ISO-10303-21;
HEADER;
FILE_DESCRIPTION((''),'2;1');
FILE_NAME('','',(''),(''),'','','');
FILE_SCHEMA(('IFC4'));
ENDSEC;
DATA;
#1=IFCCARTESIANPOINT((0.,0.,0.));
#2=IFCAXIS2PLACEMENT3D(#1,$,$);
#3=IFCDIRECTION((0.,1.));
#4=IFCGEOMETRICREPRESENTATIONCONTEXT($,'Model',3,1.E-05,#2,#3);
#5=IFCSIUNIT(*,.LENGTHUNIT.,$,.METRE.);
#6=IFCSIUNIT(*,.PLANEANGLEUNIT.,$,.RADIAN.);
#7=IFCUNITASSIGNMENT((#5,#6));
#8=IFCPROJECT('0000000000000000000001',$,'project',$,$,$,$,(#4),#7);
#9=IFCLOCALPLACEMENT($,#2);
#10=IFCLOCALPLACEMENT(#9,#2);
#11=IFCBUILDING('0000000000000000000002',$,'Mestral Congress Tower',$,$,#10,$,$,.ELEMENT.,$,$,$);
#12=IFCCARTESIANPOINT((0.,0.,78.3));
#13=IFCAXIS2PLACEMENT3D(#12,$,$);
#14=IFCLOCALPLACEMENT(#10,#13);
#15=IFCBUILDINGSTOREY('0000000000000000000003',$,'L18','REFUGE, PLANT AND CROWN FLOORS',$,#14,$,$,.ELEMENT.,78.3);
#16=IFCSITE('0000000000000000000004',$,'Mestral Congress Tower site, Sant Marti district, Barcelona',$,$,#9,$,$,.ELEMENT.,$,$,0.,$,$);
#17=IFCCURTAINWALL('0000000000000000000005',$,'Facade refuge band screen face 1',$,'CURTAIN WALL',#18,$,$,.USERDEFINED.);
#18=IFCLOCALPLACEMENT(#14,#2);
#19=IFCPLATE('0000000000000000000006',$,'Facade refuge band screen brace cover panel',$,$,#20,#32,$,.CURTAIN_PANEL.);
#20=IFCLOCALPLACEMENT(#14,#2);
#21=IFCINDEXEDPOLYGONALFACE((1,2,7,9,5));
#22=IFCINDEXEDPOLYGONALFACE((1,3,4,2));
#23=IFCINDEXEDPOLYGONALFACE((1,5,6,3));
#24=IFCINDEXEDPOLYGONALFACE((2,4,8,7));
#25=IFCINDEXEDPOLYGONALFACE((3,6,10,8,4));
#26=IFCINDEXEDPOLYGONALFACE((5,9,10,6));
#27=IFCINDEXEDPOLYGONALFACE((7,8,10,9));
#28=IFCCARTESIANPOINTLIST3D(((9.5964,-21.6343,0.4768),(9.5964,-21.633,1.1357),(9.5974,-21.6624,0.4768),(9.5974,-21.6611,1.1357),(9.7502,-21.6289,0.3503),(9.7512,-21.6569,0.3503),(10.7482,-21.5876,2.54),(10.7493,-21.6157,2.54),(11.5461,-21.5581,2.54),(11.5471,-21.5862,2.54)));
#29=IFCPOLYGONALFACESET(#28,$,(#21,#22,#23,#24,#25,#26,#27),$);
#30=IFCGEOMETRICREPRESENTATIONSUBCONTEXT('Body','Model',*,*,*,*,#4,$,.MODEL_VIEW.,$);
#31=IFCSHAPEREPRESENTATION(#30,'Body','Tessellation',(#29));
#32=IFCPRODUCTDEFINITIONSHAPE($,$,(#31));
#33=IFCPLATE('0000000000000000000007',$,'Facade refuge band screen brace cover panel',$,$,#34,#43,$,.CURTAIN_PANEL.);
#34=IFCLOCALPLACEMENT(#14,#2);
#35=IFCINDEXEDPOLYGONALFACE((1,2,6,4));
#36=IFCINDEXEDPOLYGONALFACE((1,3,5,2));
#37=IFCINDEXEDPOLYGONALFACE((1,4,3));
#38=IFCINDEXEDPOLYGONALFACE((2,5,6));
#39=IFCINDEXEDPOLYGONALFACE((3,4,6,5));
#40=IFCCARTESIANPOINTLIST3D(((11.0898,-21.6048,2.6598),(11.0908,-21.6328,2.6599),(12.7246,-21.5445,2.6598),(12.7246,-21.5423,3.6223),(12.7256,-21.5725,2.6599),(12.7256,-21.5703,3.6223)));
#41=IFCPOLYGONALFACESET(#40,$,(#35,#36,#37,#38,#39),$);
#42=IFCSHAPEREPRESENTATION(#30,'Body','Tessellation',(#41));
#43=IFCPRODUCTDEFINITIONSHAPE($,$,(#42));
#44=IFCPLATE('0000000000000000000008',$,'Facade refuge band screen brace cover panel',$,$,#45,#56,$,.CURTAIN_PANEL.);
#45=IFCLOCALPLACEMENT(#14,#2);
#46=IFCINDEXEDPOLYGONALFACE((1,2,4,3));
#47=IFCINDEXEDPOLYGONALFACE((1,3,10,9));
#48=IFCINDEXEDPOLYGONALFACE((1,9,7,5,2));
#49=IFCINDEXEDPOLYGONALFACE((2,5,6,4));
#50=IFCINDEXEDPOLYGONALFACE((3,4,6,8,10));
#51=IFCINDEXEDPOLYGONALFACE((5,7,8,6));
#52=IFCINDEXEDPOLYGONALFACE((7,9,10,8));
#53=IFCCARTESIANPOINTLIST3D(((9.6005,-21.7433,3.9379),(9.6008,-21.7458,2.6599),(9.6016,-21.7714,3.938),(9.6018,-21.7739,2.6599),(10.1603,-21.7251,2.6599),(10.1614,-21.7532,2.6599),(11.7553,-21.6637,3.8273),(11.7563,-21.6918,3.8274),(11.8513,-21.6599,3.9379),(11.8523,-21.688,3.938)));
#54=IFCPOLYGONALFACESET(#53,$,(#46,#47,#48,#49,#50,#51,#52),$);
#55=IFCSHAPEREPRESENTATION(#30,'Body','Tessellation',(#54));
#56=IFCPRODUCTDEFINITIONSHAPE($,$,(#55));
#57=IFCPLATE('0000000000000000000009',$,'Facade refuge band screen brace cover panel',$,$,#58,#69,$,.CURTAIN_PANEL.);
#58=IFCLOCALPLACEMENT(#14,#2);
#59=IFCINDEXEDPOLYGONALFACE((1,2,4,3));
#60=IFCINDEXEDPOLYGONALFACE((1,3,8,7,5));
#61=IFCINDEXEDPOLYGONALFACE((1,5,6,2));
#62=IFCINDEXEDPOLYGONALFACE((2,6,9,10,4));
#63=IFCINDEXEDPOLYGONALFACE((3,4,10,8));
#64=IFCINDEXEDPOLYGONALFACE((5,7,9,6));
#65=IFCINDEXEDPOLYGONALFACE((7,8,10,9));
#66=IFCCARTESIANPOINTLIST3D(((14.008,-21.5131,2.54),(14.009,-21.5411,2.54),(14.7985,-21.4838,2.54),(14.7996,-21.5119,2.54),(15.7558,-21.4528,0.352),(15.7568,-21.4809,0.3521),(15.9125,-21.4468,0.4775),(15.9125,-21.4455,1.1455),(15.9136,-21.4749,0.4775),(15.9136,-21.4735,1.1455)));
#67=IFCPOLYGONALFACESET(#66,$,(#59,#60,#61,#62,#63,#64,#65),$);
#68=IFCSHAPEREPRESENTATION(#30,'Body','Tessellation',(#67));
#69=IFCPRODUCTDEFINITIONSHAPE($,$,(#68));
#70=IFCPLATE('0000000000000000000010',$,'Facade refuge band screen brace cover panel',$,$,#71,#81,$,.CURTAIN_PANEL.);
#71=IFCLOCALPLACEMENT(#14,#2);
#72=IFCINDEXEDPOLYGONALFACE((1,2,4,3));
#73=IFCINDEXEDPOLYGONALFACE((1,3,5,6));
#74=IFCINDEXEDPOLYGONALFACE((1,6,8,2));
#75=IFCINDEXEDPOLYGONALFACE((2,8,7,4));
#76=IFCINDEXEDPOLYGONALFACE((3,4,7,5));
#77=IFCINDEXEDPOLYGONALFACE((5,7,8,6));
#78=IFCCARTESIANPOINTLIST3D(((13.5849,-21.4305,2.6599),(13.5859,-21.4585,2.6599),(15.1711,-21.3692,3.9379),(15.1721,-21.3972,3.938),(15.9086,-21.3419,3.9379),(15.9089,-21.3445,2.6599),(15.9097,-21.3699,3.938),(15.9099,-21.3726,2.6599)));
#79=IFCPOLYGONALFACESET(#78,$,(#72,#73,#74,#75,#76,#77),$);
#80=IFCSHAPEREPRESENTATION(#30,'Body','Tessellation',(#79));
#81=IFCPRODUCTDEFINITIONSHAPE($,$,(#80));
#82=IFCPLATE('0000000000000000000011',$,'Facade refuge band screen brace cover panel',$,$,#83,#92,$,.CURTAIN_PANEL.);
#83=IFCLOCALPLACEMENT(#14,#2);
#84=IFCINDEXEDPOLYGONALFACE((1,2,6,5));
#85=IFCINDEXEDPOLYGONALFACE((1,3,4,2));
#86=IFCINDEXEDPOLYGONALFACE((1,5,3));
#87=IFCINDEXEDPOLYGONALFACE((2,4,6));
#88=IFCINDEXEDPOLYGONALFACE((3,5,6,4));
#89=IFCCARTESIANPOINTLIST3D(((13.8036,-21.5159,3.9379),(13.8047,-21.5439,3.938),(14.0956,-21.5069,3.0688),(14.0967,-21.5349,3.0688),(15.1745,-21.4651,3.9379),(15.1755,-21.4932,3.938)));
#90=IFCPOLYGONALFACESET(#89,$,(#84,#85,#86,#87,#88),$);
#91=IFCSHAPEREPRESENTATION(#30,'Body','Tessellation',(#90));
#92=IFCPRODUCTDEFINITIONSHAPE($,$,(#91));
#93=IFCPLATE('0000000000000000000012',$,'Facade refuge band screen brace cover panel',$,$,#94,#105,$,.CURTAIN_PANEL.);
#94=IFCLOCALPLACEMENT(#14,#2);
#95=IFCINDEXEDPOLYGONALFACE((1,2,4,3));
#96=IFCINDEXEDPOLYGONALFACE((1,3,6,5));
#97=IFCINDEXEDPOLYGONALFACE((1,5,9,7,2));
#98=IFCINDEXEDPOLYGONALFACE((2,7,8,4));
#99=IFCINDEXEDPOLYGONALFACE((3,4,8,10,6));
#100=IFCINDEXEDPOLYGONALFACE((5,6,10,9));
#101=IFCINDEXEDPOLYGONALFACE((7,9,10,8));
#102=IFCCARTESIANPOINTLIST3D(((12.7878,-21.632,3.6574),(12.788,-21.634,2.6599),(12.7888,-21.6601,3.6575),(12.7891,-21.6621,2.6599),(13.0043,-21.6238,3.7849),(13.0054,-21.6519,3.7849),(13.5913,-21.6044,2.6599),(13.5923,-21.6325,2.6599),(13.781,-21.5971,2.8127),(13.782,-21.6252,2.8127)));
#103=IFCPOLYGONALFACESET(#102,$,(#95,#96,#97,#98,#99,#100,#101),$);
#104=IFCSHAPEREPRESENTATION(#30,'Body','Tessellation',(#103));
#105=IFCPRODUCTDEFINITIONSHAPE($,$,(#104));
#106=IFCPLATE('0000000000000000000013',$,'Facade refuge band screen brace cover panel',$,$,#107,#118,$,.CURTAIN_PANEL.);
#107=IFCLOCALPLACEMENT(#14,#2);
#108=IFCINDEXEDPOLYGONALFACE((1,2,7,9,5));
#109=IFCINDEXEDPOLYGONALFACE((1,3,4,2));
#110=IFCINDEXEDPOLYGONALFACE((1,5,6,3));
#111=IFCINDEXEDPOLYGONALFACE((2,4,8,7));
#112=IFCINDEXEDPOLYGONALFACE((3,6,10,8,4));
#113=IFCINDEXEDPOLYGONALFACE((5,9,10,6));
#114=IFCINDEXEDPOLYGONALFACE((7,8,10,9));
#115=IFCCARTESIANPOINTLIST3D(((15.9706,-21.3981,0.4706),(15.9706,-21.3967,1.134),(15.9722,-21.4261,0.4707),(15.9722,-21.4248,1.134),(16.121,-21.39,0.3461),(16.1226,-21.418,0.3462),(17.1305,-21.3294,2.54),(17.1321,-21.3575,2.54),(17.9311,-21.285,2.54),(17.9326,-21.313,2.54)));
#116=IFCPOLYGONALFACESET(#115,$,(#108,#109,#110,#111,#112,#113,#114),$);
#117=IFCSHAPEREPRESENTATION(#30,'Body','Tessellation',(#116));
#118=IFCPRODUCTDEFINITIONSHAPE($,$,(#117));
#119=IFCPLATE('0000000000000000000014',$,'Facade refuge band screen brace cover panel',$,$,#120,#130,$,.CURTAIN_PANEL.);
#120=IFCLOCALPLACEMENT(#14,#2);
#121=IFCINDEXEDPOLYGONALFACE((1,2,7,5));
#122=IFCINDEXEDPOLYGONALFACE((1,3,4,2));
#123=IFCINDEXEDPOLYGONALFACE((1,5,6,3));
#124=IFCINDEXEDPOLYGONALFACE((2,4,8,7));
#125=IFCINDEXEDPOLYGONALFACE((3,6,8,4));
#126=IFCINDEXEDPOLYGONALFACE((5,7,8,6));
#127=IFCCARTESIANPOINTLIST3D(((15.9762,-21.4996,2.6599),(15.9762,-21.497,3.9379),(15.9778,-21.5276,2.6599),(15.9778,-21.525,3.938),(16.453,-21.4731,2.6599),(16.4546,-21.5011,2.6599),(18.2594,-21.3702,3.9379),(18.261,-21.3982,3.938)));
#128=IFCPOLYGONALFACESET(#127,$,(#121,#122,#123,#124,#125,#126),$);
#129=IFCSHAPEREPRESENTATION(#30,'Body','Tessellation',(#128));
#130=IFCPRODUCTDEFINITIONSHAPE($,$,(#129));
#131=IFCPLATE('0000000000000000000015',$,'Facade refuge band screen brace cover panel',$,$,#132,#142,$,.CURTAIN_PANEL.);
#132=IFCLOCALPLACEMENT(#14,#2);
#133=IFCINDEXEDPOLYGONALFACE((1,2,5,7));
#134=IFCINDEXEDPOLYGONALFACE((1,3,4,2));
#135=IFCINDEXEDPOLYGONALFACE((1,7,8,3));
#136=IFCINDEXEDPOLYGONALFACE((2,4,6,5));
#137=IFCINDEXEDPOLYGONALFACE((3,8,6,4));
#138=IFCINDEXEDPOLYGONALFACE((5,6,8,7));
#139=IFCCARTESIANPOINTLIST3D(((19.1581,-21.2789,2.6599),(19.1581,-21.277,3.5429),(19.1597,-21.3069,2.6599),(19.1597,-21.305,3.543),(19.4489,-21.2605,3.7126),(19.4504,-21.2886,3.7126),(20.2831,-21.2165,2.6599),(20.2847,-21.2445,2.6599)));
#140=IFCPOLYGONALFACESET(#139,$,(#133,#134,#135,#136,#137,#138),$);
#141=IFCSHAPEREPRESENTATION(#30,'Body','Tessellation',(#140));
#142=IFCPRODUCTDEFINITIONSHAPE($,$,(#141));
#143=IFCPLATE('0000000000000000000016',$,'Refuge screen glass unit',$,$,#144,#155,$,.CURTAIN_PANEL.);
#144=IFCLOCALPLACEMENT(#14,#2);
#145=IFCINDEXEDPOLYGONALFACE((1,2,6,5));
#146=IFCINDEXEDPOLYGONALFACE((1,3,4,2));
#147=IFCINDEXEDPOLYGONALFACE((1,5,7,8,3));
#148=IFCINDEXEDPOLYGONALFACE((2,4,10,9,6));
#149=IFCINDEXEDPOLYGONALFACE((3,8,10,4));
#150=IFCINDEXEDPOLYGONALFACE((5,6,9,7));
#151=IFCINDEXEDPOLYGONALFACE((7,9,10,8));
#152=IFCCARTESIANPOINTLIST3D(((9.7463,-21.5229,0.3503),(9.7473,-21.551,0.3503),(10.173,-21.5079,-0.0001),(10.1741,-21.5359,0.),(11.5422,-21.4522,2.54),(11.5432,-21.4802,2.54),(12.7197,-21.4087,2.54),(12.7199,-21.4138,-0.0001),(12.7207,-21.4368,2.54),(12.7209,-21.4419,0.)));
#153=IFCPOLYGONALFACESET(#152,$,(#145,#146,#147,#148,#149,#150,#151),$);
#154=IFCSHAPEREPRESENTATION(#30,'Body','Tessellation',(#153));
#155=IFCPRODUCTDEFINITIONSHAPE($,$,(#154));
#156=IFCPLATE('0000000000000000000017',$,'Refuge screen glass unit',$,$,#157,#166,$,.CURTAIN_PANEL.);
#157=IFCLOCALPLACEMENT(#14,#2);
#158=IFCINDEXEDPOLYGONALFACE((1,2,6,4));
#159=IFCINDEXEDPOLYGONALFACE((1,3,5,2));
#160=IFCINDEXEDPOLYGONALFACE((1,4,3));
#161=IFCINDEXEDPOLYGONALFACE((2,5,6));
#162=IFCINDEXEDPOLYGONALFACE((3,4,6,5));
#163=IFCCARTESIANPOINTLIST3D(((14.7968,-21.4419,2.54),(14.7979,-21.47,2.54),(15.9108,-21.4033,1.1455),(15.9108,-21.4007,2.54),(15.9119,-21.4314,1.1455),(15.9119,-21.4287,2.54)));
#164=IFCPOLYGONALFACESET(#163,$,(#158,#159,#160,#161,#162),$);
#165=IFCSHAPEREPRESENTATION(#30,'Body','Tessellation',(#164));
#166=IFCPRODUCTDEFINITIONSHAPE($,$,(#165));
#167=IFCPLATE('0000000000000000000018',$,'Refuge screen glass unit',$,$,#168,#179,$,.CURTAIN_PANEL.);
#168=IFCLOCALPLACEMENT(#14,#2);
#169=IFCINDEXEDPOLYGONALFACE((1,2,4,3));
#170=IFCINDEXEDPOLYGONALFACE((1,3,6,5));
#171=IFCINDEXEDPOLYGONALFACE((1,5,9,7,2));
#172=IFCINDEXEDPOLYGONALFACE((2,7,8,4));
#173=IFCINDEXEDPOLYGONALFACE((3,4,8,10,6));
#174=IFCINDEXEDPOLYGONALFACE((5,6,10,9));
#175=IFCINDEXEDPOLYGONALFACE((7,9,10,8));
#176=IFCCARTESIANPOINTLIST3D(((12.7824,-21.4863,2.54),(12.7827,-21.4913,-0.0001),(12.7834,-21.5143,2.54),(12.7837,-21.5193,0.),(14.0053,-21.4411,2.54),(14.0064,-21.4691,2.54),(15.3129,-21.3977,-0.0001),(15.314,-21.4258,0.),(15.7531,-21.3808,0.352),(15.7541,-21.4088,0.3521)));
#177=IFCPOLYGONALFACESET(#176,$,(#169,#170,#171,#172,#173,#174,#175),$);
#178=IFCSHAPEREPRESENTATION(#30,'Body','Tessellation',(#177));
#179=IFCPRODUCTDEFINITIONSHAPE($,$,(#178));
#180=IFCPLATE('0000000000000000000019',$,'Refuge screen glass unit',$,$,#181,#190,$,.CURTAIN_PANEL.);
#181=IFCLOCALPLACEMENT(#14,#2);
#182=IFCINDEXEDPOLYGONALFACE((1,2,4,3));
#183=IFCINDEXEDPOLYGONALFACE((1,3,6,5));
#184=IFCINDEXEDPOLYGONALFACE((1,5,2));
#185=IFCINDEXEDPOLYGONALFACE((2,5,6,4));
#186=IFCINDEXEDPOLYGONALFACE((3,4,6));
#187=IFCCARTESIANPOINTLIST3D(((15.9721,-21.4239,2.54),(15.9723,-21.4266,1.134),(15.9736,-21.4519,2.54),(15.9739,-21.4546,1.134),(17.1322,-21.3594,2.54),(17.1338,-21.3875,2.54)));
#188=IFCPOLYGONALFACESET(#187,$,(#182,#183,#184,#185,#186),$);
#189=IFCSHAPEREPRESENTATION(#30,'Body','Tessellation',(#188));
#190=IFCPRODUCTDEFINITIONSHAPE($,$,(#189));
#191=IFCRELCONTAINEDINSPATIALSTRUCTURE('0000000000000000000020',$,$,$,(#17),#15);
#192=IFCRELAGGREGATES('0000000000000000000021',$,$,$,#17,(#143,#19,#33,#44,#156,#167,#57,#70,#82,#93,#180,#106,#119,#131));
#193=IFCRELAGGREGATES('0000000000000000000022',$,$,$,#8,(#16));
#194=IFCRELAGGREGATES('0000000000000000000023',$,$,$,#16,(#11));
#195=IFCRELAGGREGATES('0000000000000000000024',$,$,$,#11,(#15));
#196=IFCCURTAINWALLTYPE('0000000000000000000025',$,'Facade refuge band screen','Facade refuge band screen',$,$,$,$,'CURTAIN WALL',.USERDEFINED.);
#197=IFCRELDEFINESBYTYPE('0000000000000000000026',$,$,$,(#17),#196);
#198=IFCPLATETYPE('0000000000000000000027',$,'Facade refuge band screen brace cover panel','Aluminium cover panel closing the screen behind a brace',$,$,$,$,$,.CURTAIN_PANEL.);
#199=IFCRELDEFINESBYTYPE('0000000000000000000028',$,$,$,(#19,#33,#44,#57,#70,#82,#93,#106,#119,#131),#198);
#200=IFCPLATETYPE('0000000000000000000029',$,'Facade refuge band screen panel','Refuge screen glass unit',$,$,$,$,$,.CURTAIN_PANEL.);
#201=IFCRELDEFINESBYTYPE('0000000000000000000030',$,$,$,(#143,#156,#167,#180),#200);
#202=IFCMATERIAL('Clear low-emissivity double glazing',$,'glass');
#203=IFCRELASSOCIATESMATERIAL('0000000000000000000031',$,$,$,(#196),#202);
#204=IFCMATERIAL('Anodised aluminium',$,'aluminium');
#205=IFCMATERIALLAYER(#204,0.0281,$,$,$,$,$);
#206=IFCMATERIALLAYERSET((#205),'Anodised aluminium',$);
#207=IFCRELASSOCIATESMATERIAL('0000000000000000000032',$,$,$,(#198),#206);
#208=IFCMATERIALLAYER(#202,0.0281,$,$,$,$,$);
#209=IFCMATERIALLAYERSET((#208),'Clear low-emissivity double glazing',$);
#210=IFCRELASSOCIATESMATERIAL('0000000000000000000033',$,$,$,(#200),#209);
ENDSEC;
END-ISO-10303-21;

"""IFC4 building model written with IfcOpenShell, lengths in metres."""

from ifc_helpers import new_model, si_unit, direction, frame, origin, place, context, subcontext, project, spatial, polyline, outline, extrude, material, layer, layer_set, type_object, element, aggregate, save


model = new_model("IFC4")

# Units and contexts
model_context = context("Model", 3, precision=1e-05, world=origin(), true_north=direction((0.0, 1.0)))
body_context = subcontext(model_context, "Body", "Model", "MODEL_VIEW")
ifc_project = project(units=[si_unit("LENGTHUNIT", "METRE"), si_unit("PLANEANGLEUNIT", "RADIAN")], contexts=[model_context])

# Site, building, storey
site_placement = place(None, origin())
site = spatial("IfcSite", under=ifc_project, at=site_placement, Name="Mestral Congress Tower site, Sant Marti district, Barcelona", CompositionType="ELEMENT", RefElevation=0.0)
building_placement = place(site_placement, origin())
building = spatial("IfcBuilding", under=site, at=building_placement, Name="Mestral Congress Tower", CompositionType="ELEMENT")
storey_placement = place(building_placement, frame((0.0, 0.0, 78.3)))
storey = spatial("IfcBuildingStorey", under=building, at=storey_placement, Name="L18", Description="REFUGE, PLANT AND CROWN FLOORS", CompositionType="ELEMENT", Elevation=78.3)

# Curtain wall
ifc_material_1 = material(Name="Clear low-emissivity double glazing", Category="glass")
curtain_wall_type = type_object("IfcCurtainWallType", Name="Facade refuge band screen", Description="Facade refuge band screen", ElementType="CURTAIN WALL", PredefinedType="USERDEFINED", material=ifc_material_1)
curtain_wall_placement = place(storey_placement, origin())
curtain_wall = element("IfcCurtainWall", 1, at=curtain_wall_placement, inside=storey, type_object=curtain_wall_type, Name="Facade refuge band screen face 1", ObjectType="CURTAIN WALL", PredefinedType="USERDEFINED")
ifc_material_2 = material(Name="Anodised aluminium", Category="aluminium")

# Plates
ifc_layer_1 = layer(ifc_material_2, 0.0281)
ifc_layer_set_1 = layer_set([ifc_layer_1], Name="Anodised aluminium")
plate_type_1 = type_object("IfcPlateType", Name="Facade refuge band screen brace cover panel", Description="Aluminium cover panel closing the screen behind a brace", PredefinedType="CURTAIN_PANEL", material=ifc_layer_set_1)
plate_1_placement = place(storey_placement, frame((11.5471, -21.5862, 2.54), z_axis=(0.036981, -0.999314, 0.001961), x_axis=(-0.633955, -0.024977, -0.772966)))
plate_1 = element("IfcPlate", 2, at=plate_1_placement, type_object=plate_type_1, Name="Facade refuge band screen brace cover panel", PredefinedType="CURTAIN_PANEL", context=body_context, shape_type="SweptSolid", body=[
    extrude(outline(polyline([(0.0, 0.0), (2.8328, 0.0), (2.8327, -0.1992), (2.3234, -0.6172), (0.5065, -0.6171), (0.0, 0.0)])), origin(), (0.0, 0.0, -1.0), 0.0281),
])
plate_2_placement = place(storey_placement, frame((11.0908, -21.6328, 2.6599), z_axis=(0.036863, -0.999318, 0.002282), x_axis=(0.861288, 0.032929, 0.507049)))
plate_2 = element("IfcPlate", 3, at=plate_2_placement, type_object=plate_type_1, Name="Facade refuge band screen brace cover panel", PredefinedType="CURTAIN_PANEL", context=body_context, shape_type="SweptSolid", body=[
    extrude(outline(polyline([(0.0, 0.0), (1.898, 0.0), (1.41, -0.8295), (0.0, 0.0)])), origin(), (0.0, 0.0, -1.0), 0.0281),
])
plate_3_placement = place(storey_placement, frame((11.8523, -21.688, 3.938), z_axis=(0.037023, -0.999312, 0.001982), x_axis=(-0.655112, -0.025768, -0.755092)))
plate_3 = element("IfcPlate", 4, at=plate_3_placement, type_object=plate_type_1, Name="Facade refuge band screen brace cover panel", PredefinedType="CURTAIN_PANEL", context=body_context, shape_type="SweptSolid", body=[
    extrude(outline(polyline([(0.0, 0.0), (0.1465, 0.0), (2.0745, -0.4398), (2.4416, -0.8626), (1.4766, -1.7007), (0.0, 0.0)])), origin(), (0.0, 0.0, -1.0), 0.0281),
])
plate_4_placement = place(storey_placement, frame((15.9136, -21.4749, 0.4775), z_axis=(0.03696, -0.999315, 0.002013), x_axis=(-0.780281, -0.030117, -0.624704)))
plate_4 = element("IfcPlate", 5, at=plate_4_placement, type_object=plate_type_1, Name="Facade refuge band screen brace cover panel", PredefinedType="CURTAIN_PANEL", context=body_context, shape_type="SweptSolid", body=[
    extrude(outline(polyline([(0.0, 0.0), (0.2009, 0.0), (0.1996, -2.801), (-0.4181, -2.3068), (-0.4173, -0.5216), (0.0, 0.0)])), origin(), (0.0, 0.0, -1.0), 0.0281),
])
plate_5_placement = place(storey_placement, frame((15.9099, -21.3726, 2.6599), z_axis=(0.036976, -0.999314, 0.002065), x_axis=(-0.999316, -0.036976, 0.0)))
plate_5 = element("IfcPlate", 6, at=plate_5_placement, type_object=plate_type_1, Name="Facade refuge band screen brace cover panel", PredefinedType="CURTAIN_PANEL", context=body_context, shape_type="SweptSolid", body=[
    extrude(outline(polyline([(0.0, 0.0), (2.3256, 0.0), (0.7382, -1.2781), (0.0001, -1.2781), (0.0, 0.0)])), origin(), (0.0, 0.0, -1.0), 0.0281),
])
plate_6_placement = place(storey_placement, frame((15.1755, -21.4932, 3.938), z_axis=(0.037018, -0.999312, 0.00205), x_axis=(-0.778379, -0.030121, -0.627072)))
plate_6 = element("IfcPlate", 7, at=plate_6_placement, type_object=plate_type_1, Name="Facade refuge band screen brace cover panel", PredefinedType="CURTAIN_PANEL", context=body_context, shape_type="SweptSolid", body=[
    extrude(outline(polyline([(0.0, 0.0), (1.386, 0.0), (1.0686, -0.8602), (0.0, 0.0)])), origin(), (0.0, 0.0, -1.0), 0.0281),
])
plate_7_placement = place(storey_placement, frame((13.0054, -21.6519, 3.7849), z_axis=(0.036867, -0.999318, 0.002012), x_axis=(0.624004, 0.021448, -0.781127)))
plate_7 = element("IfcPlate", 8, at=plate_7_placement, type_object=plate_type_1, Name="Facade refuge band screen brace cover panel", PredefinedType="CURTAIN_PANEL", context=body_context, shape_type="SweptSolid", body=[
    extrude(outline(polyline([(0.0, 0.0), (1.2446, 0.0), (1.2454, -0.2437), (0.7436, -0.8716), (-0.0358, -0.2488), (0.0, 0.0)])), origin(), (0.0, 0.0, -1.0), 0.0281),
])
plate_8_placement = place(storey_placement, frame((17.9326, -21.313, 2.54), z_axis=(0.055486, -0.998457, 0.00201), x_axis=(-0.635978, -0.036894, -0.770825)))
plate_8 = element("IfcPlate", 9, at=plate_8_placement, type_object=plate_type_1, Name="Facade refuge band screen brace cover panel", PredefinedType="CURTAIN_PANEL", context=body_context, shape_type="SweptSolid", body=[
    extrude(outline(polyline([(0.0, 0.0), (2.8461, 0.0), (2.8461, -0.1954), (2.3347, -0.6179), (0.5108, -0.618), (0.0, 0.0)])), origin(), (0.0, 0.0, -1.0), 0.0281),
])
plate_9_placement = place(storey_placement, frame((15.9778, -21.5276, 2.6599), z_axis=(0.055465, -0.998459, 0.002001), x_axis=(0.000005, 0.002004, 0.999998)))
plate_9 = element("IfcPlate", 10, at=plate_9_placement, type_object=plate_type_1, Name="Facade refuge band screen brace cover panel", PredefinedType="CURTAIN_PANEL", context=body_context, shape_type="SweptSolid", body=[
    extrude(outline(polyline([(0.0, 0.0), (1.2781, 0.0), (1.2783, -2.2867), (0.0001, -0.4775), (0.0, 0.0)])), origin(), (0.0, 0.0, -1.0), 0.0281),
])
plate_10_placement = place(storey_placement, frame((19.4504, -21.2886, 3.7126), z_axis=(0.055365, -0.998464, 0.002074), x_axis=(0.620744, 0.032793, -0.783327)))
plate_10 = element("IfcPlate", 11, at=plate_10_placement, type_object=plate_type_1, Name="Facade refuge band screen brace cover panel", PredefinedType="CURTAIN_PANEL", context=body_context, shape_type="SweptSolid", body=[
    extrude(outline(polyline([(0.0, 0.0), (1.3439, 0.0), (0.6435, -0.8826), (-0.0481, -0.3336), (0.0, 0.0)])), origin(), (0.0, 0.0, -1.0), 0.0281),
])
ifc_layer_2 = layer(ifc_material_1, 0.0281)
ifc_layer_set_2 = layer_set([ifc_layer_2], Name="Clear low-emissivity double glazing")
plate_type_2 = type_object("IfcPlateType", Name="Facade refuge band screen panel", Description="Refuge screen glass unit", PredefinedType="CURTAIN_PANEL", material=ifc_layer_set_2)
plate_11_placement = place(storey_placement, frame((12.7207, -21.4368, 2.54), z_axis=(0.036903, -0.999317, 0.002009), x_axis=(0.000096, -0.002006, -0.999998)))
plate_11 = element("IfcPlate", 12, at=plate_11_placement, type_object=plate_type_2, Name="Refuge screen glass unit", PredefinedType="CURTAIN_PANEL", context=body_context, shape_type="SweptSolid", body=[
    extrude(outline(polyline([(0.0, 0.0), (2.54, 0.0), (2.54, -2.5486), (2.1896, -2.9756), (0.0, -1.1783), (0.0, 0.0)])), origin(), (0.0, 0.0, -1.0), 0.0281),
])
plate_12_placement = place(storey_placement, frame((15.9119, -21.4287, 2.54), z_axis=(0.037012, -0.999313, 0.001924), x_axis=(0.0, -0.001926, -0.999998)))
plate_12 = element("IfcPlate", 13, at=plate_12_placement, type_object=plate_type_2, Name="Refuge screen glass unit", PredefinedType="CURTAIN_PANEL", context=body_context, shape_type="SweptSolid", body=[
    extrude(outline(polyline([(0.0, 0.0), (1.3945, 0.0), (0.0001, -1.1148), (0.0, 0.0)])), origin(), (0.0, 0.0, -1.0), 0.0281),
])
plate_13_placement = place(storey_placement, frame((15.314, -21.4258, 0.0), z_axis=(0.03695, -0.999315, 0.001971), x_axis=(-0.999317, -0.03695, 0.0)))
plate_13 = element("IfcPlate", 14, at=plate_13_placement, type_object=plate_type_2, Name="Refuge screen glass unit", PredefinedType="CURTAIN_PANEL", context=body_context, shape_type="SweptSolid", body=[
    extrude(outline(polyline([(0.0, 0.0), (2.532, 0.0), (2.5321, -2.54), (1.3083, -2.54), (-0.4405, -0.3521), (0.0, 0.0)])), origin(), (0.0, 0.0, -1.0), 0.0281),
])
plate_14_placement = place(storey_placement, frame((15.9736, -21.4519, 2.54), z_axis=(0.05547, -0.998459, 0.001917), x_axis=(0.99846, 0.05547, 0.0)))
plate_14 = element("IfcPlate", 15, at=plate_14_placement, type_object=plate_type_2, Name="Refuge screen glass unit", PredefinedType="CURTAIN_PANEL", context=body_context, shape_type="SweptSolid", body=[
    extrude(outline(polyline([(0.0, 0.0), (1.1619, 0.0), (0.0001, -1.406), (0.0, 0.0)])), origin(), (0.0, 0.0, -1.0), 0.0281),
])

aggregate(curtain_wall, [plate_11, plate_1, plate_2, plate_3, plate_12, plate_13, plate_4, plate_5, plate_6, plate_7, plate_14, plate_8, plate_9, plate_10])

save(model, "model.ifc")
